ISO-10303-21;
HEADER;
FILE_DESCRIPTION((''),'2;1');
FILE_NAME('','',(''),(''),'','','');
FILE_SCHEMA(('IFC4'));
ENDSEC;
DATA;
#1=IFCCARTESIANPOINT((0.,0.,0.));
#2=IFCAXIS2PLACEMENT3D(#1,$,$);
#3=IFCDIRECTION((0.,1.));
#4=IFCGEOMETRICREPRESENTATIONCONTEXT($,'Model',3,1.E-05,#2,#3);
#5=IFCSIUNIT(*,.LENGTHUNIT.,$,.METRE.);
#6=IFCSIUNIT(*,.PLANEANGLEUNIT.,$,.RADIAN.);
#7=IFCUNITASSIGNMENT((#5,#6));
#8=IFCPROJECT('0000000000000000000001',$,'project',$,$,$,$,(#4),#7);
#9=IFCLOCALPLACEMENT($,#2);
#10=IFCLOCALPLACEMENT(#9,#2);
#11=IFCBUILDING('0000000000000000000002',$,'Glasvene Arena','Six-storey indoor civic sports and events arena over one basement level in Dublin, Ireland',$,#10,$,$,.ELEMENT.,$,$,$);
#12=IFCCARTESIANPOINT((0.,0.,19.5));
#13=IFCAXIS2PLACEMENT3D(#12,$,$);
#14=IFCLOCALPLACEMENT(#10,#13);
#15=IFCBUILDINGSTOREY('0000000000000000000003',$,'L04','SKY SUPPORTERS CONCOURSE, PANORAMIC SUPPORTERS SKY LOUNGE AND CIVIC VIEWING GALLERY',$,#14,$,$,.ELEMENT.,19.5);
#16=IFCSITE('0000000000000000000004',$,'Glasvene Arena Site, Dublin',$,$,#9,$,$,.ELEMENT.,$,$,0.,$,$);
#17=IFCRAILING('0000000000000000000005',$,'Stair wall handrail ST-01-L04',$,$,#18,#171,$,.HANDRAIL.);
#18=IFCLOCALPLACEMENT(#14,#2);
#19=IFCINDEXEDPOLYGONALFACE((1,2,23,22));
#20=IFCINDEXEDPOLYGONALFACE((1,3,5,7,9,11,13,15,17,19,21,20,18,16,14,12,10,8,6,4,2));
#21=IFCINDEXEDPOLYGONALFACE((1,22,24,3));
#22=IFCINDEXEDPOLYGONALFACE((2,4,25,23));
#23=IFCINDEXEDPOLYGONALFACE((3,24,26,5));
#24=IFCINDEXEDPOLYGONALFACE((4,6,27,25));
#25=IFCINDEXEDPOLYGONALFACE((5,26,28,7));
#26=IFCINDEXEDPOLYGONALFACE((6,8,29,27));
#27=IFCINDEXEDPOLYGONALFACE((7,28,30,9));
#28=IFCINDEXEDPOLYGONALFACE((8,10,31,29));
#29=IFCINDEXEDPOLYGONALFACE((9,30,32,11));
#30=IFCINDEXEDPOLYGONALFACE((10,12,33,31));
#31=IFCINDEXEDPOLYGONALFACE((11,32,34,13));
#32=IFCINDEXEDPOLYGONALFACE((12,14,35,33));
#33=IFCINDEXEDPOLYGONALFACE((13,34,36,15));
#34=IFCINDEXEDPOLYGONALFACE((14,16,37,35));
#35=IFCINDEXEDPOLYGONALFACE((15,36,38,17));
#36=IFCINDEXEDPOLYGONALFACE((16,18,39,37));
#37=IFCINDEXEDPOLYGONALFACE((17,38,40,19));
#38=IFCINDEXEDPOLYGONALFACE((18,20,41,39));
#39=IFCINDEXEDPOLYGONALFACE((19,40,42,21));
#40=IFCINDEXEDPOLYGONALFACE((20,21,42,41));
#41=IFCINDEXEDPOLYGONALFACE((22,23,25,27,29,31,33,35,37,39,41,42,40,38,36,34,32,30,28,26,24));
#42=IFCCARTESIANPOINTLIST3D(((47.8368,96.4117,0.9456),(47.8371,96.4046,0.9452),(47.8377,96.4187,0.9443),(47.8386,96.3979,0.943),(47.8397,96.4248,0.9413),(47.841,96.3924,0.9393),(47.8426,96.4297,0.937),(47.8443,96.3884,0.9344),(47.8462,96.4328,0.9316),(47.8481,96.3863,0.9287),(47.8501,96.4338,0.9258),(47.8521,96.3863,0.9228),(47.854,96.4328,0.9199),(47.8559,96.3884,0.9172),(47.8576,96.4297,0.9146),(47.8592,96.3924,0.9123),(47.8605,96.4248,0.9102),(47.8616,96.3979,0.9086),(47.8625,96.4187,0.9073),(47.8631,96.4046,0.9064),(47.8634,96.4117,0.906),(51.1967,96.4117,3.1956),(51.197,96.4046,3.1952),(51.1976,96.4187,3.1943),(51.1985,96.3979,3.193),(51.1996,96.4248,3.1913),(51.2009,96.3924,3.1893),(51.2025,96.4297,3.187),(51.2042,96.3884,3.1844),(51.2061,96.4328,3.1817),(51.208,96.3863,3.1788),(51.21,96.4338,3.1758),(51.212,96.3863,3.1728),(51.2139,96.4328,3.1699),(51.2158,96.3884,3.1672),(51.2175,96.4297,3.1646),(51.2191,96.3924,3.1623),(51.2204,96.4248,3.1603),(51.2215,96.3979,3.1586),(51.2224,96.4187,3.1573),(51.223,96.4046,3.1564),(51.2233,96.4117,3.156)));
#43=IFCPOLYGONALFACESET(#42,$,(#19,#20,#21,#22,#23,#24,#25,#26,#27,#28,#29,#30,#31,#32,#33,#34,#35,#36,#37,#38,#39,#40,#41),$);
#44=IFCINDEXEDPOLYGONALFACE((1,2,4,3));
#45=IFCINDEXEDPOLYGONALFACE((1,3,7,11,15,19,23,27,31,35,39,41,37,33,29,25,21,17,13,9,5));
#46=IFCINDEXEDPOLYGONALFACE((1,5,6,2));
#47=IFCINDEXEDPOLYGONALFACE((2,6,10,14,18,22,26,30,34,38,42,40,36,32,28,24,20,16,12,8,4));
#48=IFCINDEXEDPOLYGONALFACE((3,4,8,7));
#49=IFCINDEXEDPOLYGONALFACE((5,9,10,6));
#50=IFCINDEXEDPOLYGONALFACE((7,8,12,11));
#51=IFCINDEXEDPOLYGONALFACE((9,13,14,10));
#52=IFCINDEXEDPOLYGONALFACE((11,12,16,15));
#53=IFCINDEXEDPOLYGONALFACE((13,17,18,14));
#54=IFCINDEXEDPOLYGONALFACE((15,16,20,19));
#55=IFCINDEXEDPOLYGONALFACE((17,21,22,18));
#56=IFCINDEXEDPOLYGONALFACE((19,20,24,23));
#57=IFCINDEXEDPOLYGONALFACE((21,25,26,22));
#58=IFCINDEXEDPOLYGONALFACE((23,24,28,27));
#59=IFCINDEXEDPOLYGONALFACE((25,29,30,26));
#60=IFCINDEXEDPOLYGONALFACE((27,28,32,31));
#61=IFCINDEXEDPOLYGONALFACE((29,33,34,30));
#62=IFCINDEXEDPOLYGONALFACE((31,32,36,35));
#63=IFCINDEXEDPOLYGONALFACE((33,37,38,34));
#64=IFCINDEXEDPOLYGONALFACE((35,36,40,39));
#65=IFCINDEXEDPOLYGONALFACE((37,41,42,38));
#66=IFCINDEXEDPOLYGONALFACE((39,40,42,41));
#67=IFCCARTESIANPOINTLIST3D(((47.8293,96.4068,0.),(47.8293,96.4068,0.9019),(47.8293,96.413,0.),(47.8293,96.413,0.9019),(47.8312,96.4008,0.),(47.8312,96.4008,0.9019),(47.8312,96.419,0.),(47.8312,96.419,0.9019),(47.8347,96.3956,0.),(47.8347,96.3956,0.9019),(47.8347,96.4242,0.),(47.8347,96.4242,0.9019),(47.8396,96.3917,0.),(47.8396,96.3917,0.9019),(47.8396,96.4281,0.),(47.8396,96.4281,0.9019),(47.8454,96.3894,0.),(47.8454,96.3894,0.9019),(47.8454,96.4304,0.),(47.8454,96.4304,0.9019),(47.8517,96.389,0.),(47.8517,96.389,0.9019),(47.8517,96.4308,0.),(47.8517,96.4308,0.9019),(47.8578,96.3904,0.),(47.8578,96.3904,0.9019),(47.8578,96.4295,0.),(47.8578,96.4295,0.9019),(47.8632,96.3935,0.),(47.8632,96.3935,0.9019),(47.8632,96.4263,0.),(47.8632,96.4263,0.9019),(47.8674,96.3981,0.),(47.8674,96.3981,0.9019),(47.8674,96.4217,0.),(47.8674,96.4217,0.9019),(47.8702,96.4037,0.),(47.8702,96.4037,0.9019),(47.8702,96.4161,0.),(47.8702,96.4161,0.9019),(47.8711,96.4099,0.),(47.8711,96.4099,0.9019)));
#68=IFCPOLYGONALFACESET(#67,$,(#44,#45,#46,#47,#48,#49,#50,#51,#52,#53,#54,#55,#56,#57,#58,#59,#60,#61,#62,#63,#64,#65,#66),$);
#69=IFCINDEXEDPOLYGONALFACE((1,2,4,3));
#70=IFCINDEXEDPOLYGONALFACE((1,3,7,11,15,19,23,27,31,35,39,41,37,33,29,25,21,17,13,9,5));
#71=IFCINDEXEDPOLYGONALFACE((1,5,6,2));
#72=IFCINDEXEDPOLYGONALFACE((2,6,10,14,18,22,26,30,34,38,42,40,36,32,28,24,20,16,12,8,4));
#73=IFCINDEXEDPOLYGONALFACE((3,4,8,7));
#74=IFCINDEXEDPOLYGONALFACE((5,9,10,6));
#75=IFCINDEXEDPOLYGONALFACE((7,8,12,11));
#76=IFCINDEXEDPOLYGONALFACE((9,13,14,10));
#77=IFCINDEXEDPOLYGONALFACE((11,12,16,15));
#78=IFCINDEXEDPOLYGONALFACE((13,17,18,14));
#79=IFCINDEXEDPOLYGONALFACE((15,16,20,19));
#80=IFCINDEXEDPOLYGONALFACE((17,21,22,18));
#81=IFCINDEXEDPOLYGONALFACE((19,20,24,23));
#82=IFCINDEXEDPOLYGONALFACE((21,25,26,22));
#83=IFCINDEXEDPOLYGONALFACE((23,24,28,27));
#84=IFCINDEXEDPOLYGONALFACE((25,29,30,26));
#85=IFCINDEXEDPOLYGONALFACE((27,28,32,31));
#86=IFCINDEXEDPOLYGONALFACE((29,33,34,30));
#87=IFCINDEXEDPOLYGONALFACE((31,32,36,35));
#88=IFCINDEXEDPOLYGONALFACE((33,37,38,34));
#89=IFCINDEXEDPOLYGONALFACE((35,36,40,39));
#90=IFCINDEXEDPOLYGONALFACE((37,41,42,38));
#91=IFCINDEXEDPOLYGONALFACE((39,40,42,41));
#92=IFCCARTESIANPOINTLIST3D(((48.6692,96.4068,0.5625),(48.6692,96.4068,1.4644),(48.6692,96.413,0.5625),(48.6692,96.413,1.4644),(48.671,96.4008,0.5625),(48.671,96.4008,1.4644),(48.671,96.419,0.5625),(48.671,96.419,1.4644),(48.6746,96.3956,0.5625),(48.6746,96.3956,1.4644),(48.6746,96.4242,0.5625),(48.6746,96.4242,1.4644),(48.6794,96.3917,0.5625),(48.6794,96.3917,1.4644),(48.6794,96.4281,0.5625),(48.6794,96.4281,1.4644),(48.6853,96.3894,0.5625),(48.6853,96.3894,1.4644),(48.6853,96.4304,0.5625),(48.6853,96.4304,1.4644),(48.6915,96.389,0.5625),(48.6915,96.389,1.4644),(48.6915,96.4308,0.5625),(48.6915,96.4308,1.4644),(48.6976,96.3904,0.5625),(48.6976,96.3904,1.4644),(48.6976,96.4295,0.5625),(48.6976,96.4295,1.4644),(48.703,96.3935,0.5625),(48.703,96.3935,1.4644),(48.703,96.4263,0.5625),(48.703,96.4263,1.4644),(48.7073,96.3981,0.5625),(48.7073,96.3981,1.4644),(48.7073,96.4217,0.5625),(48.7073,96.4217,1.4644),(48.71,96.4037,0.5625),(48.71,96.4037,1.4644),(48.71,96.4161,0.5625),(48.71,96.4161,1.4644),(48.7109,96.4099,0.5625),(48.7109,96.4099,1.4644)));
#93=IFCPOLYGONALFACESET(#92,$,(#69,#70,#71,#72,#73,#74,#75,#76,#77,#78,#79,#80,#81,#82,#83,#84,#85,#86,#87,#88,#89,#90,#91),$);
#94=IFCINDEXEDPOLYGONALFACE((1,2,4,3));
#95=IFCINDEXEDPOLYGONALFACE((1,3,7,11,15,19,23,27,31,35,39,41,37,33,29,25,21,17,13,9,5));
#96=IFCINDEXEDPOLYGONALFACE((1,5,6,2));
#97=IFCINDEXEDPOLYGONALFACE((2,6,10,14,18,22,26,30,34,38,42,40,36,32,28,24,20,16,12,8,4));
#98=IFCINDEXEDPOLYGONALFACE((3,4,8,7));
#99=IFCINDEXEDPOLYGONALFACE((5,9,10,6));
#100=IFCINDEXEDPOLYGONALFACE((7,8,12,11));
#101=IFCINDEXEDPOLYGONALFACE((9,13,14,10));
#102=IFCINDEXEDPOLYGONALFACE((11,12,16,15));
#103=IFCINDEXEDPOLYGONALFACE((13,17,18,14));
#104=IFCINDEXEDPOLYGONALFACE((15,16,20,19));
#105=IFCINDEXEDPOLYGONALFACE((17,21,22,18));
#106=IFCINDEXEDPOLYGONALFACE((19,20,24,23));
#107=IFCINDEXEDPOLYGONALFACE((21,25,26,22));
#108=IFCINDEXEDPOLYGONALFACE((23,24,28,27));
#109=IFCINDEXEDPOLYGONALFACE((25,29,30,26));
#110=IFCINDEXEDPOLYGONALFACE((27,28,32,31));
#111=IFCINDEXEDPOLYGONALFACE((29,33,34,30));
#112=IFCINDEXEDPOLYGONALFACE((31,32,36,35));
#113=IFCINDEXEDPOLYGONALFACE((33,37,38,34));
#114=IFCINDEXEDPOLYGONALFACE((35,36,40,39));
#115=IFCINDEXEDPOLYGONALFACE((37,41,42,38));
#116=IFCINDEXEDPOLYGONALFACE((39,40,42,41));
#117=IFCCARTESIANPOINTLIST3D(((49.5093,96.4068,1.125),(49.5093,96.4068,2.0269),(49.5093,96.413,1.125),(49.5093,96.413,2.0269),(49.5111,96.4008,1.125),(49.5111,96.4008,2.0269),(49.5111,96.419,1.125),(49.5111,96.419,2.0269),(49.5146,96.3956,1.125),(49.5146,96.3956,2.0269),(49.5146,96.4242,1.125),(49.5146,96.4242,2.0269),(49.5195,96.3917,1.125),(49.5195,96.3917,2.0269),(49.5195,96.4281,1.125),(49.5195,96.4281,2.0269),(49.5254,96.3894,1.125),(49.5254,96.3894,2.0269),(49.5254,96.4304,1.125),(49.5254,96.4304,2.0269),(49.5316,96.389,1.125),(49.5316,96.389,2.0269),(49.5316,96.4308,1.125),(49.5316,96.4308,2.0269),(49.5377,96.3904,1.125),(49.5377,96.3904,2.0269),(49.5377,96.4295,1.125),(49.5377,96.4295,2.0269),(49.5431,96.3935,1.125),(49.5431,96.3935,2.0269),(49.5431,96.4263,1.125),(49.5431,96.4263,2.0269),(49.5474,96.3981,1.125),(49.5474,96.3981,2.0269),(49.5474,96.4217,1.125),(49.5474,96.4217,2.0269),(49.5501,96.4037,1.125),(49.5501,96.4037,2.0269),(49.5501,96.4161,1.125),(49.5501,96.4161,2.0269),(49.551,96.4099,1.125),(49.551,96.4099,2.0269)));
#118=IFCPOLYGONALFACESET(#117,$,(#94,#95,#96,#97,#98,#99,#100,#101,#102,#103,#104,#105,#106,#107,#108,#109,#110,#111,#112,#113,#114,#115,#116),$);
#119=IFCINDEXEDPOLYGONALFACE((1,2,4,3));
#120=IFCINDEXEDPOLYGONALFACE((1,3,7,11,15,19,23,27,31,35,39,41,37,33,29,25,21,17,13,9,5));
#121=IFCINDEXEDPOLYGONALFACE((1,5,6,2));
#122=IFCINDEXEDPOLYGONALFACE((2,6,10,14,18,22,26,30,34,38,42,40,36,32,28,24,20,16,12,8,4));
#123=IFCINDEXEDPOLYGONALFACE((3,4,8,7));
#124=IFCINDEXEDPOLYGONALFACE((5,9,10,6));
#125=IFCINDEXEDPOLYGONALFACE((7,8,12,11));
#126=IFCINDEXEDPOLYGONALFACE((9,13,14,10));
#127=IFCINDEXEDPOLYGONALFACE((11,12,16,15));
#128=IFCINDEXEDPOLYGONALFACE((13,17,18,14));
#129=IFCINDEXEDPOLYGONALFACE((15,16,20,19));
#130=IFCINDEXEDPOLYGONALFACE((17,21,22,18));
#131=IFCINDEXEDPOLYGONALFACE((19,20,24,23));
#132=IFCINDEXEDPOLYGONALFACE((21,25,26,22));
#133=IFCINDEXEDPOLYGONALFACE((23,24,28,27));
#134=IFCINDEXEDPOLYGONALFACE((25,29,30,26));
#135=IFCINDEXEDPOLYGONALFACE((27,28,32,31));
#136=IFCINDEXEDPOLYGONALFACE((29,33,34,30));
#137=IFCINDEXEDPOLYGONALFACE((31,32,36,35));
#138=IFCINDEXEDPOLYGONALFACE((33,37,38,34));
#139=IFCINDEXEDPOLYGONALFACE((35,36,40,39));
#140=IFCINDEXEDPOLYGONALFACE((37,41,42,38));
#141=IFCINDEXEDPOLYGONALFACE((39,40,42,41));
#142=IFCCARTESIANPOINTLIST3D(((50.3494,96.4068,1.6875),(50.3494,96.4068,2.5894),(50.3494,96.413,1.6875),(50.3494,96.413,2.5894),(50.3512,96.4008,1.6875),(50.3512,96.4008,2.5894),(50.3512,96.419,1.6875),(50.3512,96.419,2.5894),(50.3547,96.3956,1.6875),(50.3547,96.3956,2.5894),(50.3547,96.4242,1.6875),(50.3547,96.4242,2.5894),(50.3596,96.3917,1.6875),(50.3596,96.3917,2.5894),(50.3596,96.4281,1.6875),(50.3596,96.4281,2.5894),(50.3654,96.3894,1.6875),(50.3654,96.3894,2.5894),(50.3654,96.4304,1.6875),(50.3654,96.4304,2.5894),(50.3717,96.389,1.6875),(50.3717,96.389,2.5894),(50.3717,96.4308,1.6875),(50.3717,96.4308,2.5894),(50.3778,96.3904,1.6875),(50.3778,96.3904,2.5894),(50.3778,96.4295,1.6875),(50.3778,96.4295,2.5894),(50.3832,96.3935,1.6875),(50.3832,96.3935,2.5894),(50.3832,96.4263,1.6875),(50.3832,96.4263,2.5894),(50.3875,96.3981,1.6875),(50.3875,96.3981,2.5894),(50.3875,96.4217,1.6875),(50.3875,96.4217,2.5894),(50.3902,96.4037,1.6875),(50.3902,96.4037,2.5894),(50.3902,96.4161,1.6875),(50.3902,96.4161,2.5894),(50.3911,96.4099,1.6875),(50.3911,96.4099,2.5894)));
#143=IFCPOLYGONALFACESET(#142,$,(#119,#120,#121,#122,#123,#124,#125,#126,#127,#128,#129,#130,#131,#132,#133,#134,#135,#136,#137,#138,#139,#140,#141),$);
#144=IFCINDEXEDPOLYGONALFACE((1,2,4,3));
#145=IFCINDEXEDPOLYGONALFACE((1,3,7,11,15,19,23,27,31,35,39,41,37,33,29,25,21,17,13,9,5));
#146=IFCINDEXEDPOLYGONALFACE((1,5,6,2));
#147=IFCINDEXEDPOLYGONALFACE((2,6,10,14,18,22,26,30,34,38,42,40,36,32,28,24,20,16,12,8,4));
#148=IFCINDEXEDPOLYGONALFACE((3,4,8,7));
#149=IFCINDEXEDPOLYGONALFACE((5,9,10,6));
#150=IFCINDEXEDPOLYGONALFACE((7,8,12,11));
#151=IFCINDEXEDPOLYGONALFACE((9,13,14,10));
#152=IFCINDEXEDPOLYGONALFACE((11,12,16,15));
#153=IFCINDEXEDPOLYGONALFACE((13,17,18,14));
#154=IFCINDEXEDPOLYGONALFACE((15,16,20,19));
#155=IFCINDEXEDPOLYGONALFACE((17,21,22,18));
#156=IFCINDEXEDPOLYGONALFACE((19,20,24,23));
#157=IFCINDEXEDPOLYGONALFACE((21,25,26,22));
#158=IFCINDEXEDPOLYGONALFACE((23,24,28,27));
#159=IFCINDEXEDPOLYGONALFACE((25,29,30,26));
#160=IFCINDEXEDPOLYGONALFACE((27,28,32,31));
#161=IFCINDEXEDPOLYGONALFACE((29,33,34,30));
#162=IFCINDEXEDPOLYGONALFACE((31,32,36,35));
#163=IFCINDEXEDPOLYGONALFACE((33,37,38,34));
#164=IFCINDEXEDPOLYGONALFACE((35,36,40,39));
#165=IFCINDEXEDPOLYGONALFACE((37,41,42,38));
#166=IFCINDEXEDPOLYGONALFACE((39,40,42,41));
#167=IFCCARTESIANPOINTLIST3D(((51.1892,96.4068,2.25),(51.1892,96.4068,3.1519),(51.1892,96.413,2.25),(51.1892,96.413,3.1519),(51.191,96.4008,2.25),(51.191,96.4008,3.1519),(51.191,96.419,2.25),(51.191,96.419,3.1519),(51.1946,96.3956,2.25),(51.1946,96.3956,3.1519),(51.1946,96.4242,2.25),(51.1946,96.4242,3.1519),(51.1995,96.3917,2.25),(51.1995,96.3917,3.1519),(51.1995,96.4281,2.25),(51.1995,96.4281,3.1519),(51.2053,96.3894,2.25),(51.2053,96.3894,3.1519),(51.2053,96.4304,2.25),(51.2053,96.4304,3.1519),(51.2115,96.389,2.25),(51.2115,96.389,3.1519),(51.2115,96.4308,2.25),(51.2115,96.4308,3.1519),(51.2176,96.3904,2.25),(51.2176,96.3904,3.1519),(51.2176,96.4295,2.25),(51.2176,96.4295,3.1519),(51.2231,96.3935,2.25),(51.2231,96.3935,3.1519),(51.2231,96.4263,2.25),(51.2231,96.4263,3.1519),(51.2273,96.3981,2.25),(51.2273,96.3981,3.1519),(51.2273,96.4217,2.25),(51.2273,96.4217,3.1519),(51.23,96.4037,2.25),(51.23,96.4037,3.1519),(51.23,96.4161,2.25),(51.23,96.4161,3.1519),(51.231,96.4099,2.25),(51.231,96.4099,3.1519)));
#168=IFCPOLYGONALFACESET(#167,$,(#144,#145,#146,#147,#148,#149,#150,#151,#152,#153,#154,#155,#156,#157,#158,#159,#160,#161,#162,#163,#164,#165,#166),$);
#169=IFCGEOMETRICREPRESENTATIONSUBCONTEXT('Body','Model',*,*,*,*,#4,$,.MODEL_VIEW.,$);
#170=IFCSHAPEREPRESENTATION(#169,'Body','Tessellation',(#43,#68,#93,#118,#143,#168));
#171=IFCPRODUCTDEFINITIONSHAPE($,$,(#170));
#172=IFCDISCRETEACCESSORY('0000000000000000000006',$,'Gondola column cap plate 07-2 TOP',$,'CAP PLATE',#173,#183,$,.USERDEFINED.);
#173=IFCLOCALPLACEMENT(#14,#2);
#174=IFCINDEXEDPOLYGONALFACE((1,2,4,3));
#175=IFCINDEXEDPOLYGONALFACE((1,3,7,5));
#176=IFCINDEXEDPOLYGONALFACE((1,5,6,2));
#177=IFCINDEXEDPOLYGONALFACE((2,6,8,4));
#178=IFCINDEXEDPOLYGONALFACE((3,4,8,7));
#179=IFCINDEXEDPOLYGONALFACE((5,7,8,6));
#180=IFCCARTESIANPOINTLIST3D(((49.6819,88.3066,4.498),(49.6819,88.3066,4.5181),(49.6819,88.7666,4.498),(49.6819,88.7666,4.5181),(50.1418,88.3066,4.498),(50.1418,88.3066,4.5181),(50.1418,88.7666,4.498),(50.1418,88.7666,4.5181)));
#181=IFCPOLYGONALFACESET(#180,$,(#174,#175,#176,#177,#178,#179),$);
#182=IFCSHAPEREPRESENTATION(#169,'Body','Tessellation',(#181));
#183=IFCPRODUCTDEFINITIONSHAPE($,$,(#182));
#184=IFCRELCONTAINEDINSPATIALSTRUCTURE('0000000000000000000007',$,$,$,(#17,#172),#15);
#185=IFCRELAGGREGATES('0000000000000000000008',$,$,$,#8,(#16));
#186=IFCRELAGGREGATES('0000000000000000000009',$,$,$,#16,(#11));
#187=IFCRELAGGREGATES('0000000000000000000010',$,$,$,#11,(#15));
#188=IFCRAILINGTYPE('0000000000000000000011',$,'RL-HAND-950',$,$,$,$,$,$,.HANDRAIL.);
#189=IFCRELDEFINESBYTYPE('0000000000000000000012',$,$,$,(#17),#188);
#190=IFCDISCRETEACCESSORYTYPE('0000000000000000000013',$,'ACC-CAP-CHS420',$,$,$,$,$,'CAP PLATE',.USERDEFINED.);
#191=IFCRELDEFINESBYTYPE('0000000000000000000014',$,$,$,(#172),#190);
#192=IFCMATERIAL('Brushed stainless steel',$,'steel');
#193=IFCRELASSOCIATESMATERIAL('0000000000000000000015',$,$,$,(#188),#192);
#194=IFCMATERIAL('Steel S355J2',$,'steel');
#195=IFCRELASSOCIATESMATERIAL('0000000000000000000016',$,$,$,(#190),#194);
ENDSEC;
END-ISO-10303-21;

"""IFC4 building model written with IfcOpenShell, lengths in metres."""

from ifc_helpers import new_model, si_unit, direction, frame, origin, origin_2d, place, context, subcontext, project, spatial, rectangle, circle, extrude, material, type_object, element, save


model = new_model("IFC4")

# Units and contexts
model_context = context("Model", 3, precision=1e-05, world=origin(), true_north=direction((0.0, 1.0)))
body_context = subcontext(model_context, "Body", "Model", "MODEL_VIEW")
ifc_project = project(units=[si_unit("LENGTHUNIT", "METRE"), si_unit("PLANEANGLEUNIT", "RADIAN")], contexts=[model_context])

# Site, building, storey
site_placement = place(None, origin())
site = spatial("IfcSite", under=ifc_project, at=site_placement, Name="Glasvene Arena Site, Dublin", CompositionType="ELEMENT", RefElevation=0.0)
building_placement = place(site_placement, origin())
building = spatial("IfcBuilding", under=site, at=building_placement, Name="Glasvene Arena", Description="Six-storey indoor civic sports and events arena over one basement level in Dublin, Ireland", CompositionType="ELEMENT")
storey_placement = place(building_placement, frame((0.0, 0.0, 19.5)))
storey = spatial("IfcBuildingStorey", under=building, at=storey_placement, Name="L04", Description="SKY SUPPORTERS CONCOURSE, PANORAMIC SUPPORTERS SKY LOUNGE AND CIVIC VIEWING GALLERY", CompositionType="ELEMENT", Elevation=19.5)

# Shared definitions
ifc_material_1 = material(Name="Steel S355J2", Category="steel")

# Shared definitions
ifc_material_2 = material(Name="Brushed stainless steel", Category="steel")

# Railing
railing_type_1 = type_object("IfcRailingType", Name="RL-HAND-950", PredefinedType="HANDRAIL", material=ifc_material_2)
railing_1_placement = place(storey_placement, frame((47.8501, 96.4099, 0.0)))
element("IfcRailing", 1, at=railing_1_placement, inside=storey, type_object=railing_type_1, Name="Stair wall handrail ST-01-L04", PredefinedType="HANDRAIL", context=body_context, shape_type="SweptSolid", body=[
    extrude(circle(Radius=0.0239, at=origin_2d()), frame((0.0, 0.0, 0.9258), z_axis=(0.830897, 0.0, 0.556427), x_axis=(0.0, 1.0, 0.0)), (0.0, 0.0, 1.0), 4.0437),
    extrude(circle(Radius=0.021, at=origin_2d()), origin(), (0.0, 0.0, 1.0), 0.9019),
    extrude(circle(Radius=0.021, at=origin_2d()), frame((0.8398, 0.0, 0.5625)), (0.0, 0.0, 1.0), 0.9019),
    extrude(circle(Radius=0.021, at=origin_2d()), frame((1.6799, 0.0, 1.125)), (0.0, 0.0, 1.0), 0.9019),
    extrude(circle(Radius=0.021, at=origin_2d()), frame((2.52, 0.0, 1.6875)), (0.0, 0.0, 1.0), 0.9019),
    extrude(circle(Radius=0.021, at=origin_2d()), frame((3.3599, 0.0, 2.25)), (0.0, 0.0, 1.0), 0.9019),
])

# Discrete accessory
discrete_accessory_type = type_object("IfcDiscreteAccessoryType", Name="ACC-CAP-CHS420", ElementType="CAP PLATE", PredefinedType="USERDEFINED", material=ifc_material_1)
discrete_accessory_placement = place(storey_placement, frame((49.9119, 88.5366, 4.498), z_axis=(0.0, 0.0, 1.0), x_axis=(1.0, 0.0, 0.0)))
element("IfcDiscreteAccessory", 2, at=discrete_accessory_placement, inside=storey, type_object=discrete_accessory_type, Name="Gondola column cap plate 07-2 TOP", ObjectType="CAP PLATE", PredefinedType="USERDEFINED", context=body_context, shape_type="SweptSolid", body=[
    extrude(rectangle(XDim=0.46, YDim=0.46, at=origin_2d()), origin(), (0.0, 0.0, 1.0), 0.02),
])

save(model, "model.ifc")
